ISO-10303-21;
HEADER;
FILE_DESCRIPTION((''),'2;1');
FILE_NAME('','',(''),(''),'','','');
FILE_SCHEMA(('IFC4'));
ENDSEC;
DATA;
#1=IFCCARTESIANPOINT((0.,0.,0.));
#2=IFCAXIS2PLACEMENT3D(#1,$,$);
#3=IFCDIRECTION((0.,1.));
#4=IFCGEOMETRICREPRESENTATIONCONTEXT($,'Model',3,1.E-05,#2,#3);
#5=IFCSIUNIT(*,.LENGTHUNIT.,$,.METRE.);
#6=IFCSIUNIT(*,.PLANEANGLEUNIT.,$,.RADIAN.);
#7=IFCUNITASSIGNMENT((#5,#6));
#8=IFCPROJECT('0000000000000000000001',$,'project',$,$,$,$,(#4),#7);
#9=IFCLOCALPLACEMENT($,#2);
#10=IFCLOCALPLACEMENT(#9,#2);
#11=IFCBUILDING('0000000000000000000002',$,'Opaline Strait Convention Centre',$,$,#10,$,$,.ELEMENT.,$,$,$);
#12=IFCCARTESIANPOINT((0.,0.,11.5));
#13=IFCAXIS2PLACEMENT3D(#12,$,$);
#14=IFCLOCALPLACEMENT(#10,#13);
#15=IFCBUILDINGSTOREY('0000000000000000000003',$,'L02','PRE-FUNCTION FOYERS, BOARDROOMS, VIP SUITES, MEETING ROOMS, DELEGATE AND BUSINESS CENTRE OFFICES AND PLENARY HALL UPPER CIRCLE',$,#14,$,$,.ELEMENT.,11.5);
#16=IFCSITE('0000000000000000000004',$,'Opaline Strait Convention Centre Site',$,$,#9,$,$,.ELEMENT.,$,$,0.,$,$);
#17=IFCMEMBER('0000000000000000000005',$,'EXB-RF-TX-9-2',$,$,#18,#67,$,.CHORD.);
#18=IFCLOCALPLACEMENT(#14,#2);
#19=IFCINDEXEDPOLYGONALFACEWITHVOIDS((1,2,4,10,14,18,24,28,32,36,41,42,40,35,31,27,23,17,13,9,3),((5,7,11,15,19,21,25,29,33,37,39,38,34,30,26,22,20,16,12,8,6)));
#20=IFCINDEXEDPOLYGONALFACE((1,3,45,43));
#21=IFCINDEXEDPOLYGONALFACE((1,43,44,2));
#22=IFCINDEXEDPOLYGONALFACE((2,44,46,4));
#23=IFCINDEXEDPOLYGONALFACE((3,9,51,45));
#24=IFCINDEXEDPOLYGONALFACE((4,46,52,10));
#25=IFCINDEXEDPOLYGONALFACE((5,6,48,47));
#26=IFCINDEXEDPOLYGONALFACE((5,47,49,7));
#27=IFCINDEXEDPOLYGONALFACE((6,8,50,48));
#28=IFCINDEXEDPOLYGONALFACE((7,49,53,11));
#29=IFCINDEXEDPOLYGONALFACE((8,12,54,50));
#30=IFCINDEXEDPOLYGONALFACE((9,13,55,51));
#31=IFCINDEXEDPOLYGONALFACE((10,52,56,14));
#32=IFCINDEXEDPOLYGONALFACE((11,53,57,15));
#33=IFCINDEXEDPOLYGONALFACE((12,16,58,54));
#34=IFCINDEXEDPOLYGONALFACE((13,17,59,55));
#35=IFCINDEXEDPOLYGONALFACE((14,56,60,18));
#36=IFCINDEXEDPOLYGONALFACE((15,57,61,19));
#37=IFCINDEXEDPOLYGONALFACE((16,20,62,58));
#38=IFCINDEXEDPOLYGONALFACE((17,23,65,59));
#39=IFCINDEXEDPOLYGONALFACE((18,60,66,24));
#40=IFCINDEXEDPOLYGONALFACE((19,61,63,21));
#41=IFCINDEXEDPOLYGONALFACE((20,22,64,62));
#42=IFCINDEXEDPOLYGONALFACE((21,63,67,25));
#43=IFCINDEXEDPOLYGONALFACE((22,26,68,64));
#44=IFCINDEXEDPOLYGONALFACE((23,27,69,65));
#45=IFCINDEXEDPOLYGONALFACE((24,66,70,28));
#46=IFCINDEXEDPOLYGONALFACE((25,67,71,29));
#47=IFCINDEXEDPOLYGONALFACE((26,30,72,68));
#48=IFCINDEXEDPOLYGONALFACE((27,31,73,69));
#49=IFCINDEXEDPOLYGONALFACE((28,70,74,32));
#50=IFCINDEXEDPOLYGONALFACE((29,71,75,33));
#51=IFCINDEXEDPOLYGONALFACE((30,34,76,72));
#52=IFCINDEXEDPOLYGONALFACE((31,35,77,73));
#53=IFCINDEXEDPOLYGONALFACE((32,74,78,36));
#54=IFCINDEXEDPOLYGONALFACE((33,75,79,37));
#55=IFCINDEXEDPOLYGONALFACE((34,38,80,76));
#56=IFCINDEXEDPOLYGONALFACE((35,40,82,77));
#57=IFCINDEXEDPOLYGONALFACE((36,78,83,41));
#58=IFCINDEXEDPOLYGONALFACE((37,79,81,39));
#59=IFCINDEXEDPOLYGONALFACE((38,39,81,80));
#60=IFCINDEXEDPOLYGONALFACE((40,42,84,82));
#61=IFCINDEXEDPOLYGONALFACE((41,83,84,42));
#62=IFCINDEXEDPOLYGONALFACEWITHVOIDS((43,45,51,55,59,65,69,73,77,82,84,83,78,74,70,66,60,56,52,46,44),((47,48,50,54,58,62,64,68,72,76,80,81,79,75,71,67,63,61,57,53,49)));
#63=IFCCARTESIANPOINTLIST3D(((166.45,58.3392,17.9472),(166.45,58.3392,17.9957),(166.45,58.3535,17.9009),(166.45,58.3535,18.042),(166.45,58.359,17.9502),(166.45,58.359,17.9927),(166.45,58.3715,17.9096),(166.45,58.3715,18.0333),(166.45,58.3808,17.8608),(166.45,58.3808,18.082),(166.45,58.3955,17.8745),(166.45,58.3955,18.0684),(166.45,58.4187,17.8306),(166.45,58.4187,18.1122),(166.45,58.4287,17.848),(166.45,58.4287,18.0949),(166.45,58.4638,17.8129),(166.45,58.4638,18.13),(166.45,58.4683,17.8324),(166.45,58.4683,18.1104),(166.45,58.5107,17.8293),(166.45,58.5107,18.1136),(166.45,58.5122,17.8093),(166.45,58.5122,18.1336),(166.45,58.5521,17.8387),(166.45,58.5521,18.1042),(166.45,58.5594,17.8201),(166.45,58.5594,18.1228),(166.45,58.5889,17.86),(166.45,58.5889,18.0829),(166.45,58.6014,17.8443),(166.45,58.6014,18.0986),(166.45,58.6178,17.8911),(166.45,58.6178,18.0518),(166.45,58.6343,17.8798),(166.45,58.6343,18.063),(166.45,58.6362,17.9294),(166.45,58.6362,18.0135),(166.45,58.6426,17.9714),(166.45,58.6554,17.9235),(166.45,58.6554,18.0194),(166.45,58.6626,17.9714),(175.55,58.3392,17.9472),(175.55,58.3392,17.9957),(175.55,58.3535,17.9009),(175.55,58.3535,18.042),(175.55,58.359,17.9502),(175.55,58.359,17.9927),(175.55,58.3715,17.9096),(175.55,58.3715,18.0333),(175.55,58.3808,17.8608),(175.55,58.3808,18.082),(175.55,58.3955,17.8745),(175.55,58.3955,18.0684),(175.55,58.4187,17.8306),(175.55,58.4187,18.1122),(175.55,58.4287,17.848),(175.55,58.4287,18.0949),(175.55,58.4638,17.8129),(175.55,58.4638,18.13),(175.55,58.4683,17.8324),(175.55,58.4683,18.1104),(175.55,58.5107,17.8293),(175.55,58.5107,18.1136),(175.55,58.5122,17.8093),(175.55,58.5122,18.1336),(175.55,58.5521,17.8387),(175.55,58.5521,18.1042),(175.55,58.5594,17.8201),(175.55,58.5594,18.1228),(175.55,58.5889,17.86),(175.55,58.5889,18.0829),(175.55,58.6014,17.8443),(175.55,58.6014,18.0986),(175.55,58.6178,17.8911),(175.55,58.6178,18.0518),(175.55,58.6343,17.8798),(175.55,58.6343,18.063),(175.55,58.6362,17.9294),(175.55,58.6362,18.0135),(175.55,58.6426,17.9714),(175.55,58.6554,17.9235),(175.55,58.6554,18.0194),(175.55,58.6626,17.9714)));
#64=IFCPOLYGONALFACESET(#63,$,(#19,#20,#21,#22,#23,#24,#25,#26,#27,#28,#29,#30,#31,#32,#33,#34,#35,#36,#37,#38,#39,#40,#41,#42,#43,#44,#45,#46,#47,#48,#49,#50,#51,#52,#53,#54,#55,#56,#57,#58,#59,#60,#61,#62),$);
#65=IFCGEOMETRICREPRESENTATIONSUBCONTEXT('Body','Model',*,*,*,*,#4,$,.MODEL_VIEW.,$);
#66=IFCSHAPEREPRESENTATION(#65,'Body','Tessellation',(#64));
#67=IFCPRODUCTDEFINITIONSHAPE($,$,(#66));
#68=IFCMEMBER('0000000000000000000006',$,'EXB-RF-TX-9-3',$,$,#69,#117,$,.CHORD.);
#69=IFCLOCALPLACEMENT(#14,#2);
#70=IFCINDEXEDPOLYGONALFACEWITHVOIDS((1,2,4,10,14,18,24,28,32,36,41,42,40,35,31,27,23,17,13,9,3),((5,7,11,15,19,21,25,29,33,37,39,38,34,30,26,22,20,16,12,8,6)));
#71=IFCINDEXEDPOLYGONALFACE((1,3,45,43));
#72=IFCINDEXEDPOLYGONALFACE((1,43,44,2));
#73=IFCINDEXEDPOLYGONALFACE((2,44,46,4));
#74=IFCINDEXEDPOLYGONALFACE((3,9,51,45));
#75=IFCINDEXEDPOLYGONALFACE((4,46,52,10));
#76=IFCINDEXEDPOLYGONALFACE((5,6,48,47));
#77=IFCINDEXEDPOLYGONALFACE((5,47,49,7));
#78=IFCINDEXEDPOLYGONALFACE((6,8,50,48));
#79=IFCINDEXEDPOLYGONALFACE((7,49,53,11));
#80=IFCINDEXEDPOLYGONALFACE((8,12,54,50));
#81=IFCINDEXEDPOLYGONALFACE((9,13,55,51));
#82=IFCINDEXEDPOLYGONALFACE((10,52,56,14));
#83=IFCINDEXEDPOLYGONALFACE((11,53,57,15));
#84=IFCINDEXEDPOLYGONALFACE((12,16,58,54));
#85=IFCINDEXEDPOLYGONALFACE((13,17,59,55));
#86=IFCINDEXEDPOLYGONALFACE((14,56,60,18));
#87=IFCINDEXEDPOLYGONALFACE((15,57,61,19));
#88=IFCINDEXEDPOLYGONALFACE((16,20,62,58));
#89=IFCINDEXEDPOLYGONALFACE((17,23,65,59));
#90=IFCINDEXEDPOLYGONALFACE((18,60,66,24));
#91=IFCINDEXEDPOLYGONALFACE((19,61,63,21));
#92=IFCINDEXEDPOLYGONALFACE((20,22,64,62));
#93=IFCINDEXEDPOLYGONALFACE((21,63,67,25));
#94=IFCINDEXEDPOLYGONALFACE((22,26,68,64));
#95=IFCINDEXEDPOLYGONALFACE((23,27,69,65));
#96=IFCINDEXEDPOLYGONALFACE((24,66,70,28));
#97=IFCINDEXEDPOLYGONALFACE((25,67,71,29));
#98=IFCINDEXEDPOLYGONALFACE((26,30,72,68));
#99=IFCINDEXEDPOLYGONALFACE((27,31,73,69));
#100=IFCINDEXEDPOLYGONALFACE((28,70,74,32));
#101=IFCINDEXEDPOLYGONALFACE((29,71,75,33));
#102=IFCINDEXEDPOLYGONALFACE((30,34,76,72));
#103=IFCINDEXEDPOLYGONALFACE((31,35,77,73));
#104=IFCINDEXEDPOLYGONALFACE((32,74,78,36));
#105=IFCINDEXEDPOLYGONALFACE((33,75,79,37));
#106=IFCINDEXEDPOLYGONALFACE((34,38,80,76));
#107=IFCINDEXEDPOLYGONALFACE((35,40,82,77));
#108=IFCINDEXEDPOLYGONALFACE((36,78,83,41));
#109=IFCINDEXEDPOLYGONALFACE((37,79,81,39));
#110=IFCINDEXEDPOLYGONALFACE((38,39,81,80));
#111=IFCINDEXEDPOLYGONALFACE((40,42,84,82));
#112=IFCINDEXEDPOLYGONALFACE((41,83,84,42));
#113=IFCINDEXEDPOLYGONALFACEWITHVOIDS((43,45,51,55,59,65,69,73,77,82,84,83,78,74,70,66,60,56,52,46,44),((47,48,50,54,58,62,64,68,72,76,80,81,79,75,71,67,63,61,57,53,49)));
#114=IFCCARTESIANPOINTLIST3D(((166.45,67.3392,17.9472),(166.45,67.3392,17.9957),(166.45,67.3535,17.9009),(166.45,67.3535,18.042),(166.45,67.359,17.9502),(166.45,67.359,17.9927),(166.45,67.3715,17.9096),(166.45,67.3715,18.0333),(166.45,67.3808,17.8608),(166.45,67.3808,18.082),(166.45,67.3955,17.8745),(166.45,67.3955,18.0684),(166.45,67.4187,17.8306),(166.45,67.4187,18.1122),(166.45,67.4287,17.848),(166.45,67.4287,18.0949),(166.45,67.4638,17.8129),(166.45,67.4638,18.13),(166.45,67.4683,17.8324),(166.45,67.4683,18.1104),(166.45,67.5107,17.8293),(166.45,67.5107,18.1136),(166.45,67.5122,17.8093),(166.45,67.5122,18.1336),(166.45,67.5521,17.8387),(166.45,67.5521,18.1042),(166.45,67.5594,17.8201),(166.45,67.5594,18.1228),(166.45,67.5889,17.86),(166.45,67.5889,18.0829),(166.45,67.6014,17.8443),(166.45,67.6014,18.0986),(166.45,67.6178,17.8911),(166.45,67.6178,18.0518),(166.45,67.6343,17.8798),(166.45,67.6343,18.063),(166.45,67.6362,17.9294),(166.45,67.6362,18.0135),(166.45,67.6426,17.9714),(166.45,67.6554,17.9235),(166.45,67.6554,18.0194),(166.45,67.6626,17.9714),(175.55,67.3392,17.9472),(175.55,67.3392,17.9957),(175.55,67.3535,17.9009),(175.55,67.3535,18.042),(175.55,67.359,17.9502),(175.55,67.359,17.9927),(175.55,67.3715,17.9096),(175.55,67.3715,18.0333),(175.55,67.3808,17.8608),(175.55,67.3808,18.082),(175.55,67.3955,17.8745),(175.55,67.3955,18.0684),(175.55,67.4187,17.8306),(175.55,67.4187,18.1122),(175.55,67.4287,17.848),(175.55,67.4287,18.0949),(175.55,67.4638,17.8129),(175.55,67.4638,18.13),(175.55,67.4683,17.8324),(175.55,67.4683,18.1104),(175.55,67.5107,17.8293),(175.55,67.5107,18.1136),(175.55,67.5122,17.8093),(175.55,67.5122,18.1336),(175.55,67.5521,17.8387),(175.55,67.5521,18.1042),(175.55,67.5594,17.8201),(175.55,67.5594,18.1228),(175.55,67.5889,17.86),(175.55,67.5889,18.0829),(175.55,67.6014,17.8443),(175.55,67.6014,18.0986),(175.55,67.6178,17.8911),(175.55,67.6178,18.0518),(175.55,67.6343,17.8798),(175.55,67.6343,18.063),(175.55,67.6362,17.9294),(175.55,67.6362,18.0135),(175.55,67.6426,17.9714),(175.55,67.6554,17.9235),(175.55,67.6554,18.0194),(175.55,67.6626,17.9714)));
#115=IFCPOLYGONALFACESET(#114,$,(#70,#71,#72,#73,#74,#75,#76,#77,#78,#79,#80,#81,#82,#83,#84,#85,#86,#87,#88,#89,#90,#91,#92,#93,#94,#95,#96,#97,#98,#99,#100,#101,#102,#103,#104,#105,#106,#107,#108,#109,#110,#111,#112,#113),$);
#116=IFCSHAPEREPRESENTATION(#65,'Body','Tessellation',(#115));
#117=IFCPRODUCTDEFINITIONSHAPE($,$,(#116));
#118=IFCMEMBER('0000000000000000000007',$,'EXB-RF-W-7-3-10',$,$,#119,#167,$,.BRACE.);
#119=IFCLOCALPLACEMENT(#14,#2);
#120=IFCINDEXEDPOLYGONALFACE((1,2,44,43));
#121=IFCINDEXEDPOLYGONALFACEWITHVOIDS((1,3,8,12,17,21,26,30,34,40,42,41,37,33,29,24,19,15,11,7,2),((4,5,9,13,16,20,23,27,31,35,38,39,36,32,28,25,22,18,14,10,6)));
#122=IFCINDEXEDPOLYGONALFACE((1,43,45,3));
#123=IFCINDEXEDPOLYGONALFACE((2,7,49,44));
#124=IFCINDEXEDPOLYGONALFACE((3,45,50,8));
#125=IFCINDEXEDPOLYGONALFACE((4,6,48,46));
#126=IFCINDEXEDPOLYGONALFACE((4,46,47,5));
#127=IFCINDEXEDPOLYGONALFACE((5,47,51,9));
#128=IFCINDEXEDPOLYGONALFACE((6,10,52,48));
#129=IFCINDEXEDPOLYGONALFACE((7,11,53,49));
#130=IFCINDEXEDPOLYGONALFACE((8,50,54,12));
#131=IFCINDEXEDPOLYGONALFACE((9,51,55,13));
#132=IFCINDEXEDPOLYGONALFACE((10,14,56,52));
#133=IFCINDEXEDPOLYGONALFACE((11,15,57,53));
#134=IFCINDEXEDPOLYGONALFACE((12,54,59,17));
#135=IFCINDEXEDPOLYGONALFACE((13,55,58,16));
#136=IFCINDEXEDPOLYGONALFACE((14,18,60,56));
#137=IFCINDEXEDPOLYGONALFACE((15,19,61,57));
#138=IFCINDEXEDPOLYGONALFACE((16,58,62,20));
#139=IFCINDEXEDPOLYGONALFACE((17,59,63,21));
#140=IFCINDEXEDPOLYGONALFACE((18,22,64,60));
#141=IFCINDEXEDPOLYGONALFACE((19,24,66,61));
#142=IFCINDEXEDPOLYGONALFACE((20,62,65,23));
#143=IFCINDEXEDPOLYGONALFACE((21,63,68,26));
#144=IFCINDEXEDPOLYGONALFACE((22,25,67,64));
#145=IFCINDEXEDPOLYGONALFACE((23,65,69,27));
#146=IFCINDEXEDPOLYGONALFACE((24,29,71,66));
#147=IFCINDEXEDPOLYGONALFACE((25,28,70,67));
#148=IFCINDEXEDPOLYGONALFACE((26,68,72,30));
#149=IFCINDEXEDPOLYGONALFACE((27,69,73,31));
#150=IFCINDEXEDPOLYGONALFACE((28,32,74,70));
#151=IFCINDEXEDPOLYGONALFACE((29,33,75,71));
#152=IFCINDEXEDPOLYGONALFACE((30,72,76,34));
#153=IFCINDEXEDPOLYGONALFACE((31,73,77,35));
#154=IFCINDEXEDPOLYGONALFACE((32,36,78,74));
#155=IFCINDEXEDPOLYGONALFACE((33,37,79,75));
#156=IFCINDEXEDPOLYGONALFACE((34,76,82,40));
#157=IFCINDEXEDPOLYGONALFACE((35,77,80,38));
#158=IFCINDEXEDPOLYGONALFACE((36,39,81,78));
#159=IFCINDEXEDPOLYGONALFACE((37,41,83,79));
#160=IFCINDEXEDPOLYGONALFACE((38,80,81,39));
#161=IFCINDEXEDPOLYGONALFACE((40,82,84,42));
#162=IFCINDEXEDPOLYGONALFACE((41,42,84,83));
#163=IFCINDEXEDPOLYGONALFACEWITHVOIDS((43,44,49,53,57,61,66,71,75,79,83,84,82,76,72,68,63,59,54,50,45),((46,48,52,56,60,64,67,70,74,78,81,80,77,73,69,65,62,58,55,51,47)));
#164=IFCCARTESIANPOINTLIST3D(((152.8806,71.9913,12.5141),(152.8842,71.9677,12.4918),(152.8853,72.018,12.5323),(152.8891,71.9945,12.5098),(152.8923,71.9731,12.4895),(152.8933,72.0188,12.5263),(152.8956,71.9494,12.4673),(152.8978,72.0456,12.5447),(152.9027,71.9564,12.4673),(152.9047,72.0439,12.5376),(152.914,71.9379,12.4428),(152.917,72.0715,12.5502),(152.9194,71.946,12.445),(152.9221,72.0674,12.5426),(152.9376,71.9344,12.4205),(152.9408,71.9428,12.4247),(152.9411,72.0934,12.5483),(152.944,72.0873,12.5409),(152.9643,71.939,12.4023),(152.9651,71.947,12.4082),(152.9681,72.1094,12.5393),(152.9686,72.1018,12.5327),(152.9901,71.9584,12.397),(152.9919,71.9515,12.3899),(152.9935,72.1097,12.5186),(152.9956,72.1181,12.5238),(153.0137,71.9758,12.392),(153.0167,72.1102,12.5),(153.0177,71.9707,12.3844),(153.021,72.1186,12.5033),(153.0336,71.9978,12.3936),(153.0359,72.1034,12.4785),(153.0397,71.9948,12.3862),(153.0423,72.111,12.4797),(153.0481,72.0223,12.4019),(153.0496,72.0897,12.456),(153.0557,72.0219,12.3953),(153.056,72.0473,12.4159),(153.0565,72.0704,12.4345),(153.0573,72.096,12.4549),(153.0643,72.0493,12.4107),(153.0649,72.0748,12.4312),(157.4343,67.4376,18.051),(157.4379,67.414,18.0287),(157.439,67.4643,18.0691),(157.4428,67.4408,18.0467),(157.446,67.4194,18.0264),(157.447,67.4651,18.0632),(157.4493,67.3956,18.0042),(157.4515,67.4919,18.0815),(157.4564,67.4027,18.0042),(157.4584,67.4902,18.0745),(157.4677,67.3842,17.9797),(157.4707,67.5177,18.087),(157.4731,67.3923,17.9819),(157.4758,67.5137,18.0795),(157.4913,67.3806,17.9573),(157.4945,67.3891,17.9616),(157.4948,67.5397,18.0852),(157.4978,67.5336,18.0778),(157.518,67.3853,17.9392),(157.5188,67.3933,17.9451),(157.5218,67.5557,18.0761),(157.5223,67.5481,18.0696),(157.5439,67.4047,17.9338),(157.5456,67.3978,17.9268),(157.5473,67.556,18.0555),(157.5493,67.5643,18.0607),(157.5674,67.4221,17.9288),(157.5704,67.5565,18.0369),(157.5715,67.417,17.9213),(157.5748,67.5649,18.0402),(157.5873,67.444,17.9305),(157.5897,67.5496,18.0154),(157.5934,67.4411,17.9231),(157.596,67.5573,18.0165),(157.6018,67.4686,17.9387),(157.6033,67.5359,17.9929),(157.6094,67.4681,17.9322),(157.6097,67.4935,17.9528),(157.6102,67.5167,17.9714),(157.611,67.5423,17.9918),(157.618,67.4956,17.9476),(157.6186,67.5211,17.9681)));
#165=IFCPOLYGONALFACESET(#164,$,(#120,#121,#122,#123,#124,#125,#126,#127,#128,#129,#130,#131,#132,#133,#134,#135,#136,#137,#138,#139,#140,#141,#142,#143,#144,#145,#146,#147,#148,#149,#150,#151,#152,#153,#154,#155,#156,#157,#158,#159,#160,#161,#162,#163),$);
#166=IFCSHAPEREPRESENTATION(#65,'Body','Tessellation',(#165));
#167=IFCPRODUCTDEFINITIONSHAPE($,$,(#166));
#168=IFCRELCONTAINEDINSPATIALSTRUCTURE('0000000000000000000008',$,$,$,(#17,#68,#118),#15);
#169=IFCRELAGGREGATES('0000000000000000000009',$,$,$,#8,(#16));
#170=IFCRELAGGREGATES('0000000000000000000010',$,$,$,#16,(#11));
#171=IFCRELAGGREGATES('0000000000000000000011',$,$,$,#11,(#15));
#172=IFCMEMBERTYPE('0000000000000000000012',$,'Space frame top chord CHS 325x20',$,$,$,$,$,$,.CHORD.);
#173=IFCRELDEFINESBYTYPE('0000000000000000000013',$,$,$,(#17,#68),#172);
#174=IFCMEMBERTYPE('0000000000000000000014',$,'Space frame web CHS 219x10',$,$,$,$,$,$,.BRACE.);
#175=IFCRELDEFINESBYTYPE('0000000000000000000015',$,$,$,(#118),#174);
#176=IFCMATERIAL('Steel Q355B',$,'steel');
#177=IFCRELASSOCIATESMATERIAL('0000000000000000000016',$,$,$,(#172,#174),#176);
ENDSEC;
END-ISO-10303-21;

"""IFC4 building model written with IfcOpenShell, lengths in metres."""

from ifc_helpers import new_model, si_unit, direction, frame, origin, origin_2d, place, context, subcontext, project, spatial, hollow_circle, extrude, material, material_profile, profile_set, type_object, element, save


model = new_model("IFC4")

# Units and contexts
model_context = context("Model", 3, precision=1e-05, world=origin(), true_north=direction((0.0, 1.0)))
body_context = subcontext(model_context, "Body", "Model", "MODEL_VIEW")
ifc_project = project(units=[si_unit("LENGTHUNIT", "METRE"), si_unit("PLANEANGLEUNIT", "RADIAN")], contexts=[model_context])

# Site, building, storey
site_placement = place(None, origin())
site = spatial("IfcSite", under=ifc_project, at=site_placement, Name="Opaline Strait Convention Centre Site", CompositionType="ELEMENT", RefElevation=0.0)
building_placement = place(site_placement, origin())
building = spatial("IfcBuilding", under=site, at=building_placement, Name="Opaline Strait Convention Centre", CompositionType="ELEMENT")
storey_placement = place(building_placement, frame((0.0, 0.0, 11.5)))
storey = spatial("IfcBuildingStorey", under=building, at=storey_placement, Name="L02", Description="PRE-FUNCTION FOYERS, BOARDROOMS, VIP SUITES, MEETING ROOMS, DELEGATE AND BUSINESS CENTRE OFFICES AND PLENARY HALL UPPER CIRCLE", CompositionType="ELEMENT", Elevation=11.5)

# Members
ifc_material_1 = material(Name="Steel Q355B", Category="steel")
ifc_material_profile_1 = material_profile(ifc_material_1, hollow_circle(Radius=0.1626, WallThickness=0.02, at=origin_2d()), Name="CHS 325x20")
ifc_profile_set_1 = profile_set([ifc_material_profile_1], Name="Steel Q355B")
member_type_1 = type_object("IfcMemberType", Name="Space frame top chord CHS 325x20", PredefinedType="CHORD", material=ifc_profile_set_1)
for number, where, z_axis, x_axis, name in (
    (1, (166.45, 58.5, 17.9714), (1.0, 0.0, 0.0), (0.0, 1.0, 0.0), "EXB-RF-TX-9-2"),
    (2, (166.45, 67.5, 17.9714), (1.0, 0.0, 0.0), (0.0, 1.0, 0.0), "EXB-RF-TX-9-3"),
):
    element("IfcMember", number, at=place(storey_placement, frame(where, z_axis=z_axis, x_axis=x_axis)), inside=storey, type_object=member_type_1, Name=name, PredefinedType="CHORD", context=body_context, shape_type="SweptSolid", body=[
        extrude(hollow_circle(Radius=0.1626, WallThickness=0.02, at=origin_2d()), origin(), (0.0, 0.0, 1.0), 9.1001),
    ])
ifc_material_profile_2 = material_profile(ifc_material_1, hollow_circle(Radius=0.1096, WallThickness=0.01, at=origin_2d()), Name="CHS 219x10")
ifc_profile_set_2 = profile_set([ifc_material_profile_2], Name="Steel Q355B")
member_type_2 = type_object("IfcMemberType", Name="Space frame web CHS 219x10", PredefinedType="BRACE", material=ifc_profile_set_2)
for number, where, z_axis, x_axis, name in (
    (3, (157.5269, 67.4731, 18.0042), (-0.536178, 0.536178, -0.65194), (-0.707107, -0.707107, 0.0), "EXB-RF-W-7-3-10"),
):
    element("IfcMember", number, at=place(storey_placement, frame(where, z_axis=z_axis, x_axis=x_axis)), inside=storey, type_object=member_type_2, Name=name, PredefinedType="BRACE", context=body_context, shape_type="SweptSolid", body=[
        extrude(hollow_circle(Radius=0.1096, WallThickness=0.01, at=origin_2d()), origin(), (0.0, 0.0, 1.0), 8.4929),
    ])

save(model, "model.ifc")
